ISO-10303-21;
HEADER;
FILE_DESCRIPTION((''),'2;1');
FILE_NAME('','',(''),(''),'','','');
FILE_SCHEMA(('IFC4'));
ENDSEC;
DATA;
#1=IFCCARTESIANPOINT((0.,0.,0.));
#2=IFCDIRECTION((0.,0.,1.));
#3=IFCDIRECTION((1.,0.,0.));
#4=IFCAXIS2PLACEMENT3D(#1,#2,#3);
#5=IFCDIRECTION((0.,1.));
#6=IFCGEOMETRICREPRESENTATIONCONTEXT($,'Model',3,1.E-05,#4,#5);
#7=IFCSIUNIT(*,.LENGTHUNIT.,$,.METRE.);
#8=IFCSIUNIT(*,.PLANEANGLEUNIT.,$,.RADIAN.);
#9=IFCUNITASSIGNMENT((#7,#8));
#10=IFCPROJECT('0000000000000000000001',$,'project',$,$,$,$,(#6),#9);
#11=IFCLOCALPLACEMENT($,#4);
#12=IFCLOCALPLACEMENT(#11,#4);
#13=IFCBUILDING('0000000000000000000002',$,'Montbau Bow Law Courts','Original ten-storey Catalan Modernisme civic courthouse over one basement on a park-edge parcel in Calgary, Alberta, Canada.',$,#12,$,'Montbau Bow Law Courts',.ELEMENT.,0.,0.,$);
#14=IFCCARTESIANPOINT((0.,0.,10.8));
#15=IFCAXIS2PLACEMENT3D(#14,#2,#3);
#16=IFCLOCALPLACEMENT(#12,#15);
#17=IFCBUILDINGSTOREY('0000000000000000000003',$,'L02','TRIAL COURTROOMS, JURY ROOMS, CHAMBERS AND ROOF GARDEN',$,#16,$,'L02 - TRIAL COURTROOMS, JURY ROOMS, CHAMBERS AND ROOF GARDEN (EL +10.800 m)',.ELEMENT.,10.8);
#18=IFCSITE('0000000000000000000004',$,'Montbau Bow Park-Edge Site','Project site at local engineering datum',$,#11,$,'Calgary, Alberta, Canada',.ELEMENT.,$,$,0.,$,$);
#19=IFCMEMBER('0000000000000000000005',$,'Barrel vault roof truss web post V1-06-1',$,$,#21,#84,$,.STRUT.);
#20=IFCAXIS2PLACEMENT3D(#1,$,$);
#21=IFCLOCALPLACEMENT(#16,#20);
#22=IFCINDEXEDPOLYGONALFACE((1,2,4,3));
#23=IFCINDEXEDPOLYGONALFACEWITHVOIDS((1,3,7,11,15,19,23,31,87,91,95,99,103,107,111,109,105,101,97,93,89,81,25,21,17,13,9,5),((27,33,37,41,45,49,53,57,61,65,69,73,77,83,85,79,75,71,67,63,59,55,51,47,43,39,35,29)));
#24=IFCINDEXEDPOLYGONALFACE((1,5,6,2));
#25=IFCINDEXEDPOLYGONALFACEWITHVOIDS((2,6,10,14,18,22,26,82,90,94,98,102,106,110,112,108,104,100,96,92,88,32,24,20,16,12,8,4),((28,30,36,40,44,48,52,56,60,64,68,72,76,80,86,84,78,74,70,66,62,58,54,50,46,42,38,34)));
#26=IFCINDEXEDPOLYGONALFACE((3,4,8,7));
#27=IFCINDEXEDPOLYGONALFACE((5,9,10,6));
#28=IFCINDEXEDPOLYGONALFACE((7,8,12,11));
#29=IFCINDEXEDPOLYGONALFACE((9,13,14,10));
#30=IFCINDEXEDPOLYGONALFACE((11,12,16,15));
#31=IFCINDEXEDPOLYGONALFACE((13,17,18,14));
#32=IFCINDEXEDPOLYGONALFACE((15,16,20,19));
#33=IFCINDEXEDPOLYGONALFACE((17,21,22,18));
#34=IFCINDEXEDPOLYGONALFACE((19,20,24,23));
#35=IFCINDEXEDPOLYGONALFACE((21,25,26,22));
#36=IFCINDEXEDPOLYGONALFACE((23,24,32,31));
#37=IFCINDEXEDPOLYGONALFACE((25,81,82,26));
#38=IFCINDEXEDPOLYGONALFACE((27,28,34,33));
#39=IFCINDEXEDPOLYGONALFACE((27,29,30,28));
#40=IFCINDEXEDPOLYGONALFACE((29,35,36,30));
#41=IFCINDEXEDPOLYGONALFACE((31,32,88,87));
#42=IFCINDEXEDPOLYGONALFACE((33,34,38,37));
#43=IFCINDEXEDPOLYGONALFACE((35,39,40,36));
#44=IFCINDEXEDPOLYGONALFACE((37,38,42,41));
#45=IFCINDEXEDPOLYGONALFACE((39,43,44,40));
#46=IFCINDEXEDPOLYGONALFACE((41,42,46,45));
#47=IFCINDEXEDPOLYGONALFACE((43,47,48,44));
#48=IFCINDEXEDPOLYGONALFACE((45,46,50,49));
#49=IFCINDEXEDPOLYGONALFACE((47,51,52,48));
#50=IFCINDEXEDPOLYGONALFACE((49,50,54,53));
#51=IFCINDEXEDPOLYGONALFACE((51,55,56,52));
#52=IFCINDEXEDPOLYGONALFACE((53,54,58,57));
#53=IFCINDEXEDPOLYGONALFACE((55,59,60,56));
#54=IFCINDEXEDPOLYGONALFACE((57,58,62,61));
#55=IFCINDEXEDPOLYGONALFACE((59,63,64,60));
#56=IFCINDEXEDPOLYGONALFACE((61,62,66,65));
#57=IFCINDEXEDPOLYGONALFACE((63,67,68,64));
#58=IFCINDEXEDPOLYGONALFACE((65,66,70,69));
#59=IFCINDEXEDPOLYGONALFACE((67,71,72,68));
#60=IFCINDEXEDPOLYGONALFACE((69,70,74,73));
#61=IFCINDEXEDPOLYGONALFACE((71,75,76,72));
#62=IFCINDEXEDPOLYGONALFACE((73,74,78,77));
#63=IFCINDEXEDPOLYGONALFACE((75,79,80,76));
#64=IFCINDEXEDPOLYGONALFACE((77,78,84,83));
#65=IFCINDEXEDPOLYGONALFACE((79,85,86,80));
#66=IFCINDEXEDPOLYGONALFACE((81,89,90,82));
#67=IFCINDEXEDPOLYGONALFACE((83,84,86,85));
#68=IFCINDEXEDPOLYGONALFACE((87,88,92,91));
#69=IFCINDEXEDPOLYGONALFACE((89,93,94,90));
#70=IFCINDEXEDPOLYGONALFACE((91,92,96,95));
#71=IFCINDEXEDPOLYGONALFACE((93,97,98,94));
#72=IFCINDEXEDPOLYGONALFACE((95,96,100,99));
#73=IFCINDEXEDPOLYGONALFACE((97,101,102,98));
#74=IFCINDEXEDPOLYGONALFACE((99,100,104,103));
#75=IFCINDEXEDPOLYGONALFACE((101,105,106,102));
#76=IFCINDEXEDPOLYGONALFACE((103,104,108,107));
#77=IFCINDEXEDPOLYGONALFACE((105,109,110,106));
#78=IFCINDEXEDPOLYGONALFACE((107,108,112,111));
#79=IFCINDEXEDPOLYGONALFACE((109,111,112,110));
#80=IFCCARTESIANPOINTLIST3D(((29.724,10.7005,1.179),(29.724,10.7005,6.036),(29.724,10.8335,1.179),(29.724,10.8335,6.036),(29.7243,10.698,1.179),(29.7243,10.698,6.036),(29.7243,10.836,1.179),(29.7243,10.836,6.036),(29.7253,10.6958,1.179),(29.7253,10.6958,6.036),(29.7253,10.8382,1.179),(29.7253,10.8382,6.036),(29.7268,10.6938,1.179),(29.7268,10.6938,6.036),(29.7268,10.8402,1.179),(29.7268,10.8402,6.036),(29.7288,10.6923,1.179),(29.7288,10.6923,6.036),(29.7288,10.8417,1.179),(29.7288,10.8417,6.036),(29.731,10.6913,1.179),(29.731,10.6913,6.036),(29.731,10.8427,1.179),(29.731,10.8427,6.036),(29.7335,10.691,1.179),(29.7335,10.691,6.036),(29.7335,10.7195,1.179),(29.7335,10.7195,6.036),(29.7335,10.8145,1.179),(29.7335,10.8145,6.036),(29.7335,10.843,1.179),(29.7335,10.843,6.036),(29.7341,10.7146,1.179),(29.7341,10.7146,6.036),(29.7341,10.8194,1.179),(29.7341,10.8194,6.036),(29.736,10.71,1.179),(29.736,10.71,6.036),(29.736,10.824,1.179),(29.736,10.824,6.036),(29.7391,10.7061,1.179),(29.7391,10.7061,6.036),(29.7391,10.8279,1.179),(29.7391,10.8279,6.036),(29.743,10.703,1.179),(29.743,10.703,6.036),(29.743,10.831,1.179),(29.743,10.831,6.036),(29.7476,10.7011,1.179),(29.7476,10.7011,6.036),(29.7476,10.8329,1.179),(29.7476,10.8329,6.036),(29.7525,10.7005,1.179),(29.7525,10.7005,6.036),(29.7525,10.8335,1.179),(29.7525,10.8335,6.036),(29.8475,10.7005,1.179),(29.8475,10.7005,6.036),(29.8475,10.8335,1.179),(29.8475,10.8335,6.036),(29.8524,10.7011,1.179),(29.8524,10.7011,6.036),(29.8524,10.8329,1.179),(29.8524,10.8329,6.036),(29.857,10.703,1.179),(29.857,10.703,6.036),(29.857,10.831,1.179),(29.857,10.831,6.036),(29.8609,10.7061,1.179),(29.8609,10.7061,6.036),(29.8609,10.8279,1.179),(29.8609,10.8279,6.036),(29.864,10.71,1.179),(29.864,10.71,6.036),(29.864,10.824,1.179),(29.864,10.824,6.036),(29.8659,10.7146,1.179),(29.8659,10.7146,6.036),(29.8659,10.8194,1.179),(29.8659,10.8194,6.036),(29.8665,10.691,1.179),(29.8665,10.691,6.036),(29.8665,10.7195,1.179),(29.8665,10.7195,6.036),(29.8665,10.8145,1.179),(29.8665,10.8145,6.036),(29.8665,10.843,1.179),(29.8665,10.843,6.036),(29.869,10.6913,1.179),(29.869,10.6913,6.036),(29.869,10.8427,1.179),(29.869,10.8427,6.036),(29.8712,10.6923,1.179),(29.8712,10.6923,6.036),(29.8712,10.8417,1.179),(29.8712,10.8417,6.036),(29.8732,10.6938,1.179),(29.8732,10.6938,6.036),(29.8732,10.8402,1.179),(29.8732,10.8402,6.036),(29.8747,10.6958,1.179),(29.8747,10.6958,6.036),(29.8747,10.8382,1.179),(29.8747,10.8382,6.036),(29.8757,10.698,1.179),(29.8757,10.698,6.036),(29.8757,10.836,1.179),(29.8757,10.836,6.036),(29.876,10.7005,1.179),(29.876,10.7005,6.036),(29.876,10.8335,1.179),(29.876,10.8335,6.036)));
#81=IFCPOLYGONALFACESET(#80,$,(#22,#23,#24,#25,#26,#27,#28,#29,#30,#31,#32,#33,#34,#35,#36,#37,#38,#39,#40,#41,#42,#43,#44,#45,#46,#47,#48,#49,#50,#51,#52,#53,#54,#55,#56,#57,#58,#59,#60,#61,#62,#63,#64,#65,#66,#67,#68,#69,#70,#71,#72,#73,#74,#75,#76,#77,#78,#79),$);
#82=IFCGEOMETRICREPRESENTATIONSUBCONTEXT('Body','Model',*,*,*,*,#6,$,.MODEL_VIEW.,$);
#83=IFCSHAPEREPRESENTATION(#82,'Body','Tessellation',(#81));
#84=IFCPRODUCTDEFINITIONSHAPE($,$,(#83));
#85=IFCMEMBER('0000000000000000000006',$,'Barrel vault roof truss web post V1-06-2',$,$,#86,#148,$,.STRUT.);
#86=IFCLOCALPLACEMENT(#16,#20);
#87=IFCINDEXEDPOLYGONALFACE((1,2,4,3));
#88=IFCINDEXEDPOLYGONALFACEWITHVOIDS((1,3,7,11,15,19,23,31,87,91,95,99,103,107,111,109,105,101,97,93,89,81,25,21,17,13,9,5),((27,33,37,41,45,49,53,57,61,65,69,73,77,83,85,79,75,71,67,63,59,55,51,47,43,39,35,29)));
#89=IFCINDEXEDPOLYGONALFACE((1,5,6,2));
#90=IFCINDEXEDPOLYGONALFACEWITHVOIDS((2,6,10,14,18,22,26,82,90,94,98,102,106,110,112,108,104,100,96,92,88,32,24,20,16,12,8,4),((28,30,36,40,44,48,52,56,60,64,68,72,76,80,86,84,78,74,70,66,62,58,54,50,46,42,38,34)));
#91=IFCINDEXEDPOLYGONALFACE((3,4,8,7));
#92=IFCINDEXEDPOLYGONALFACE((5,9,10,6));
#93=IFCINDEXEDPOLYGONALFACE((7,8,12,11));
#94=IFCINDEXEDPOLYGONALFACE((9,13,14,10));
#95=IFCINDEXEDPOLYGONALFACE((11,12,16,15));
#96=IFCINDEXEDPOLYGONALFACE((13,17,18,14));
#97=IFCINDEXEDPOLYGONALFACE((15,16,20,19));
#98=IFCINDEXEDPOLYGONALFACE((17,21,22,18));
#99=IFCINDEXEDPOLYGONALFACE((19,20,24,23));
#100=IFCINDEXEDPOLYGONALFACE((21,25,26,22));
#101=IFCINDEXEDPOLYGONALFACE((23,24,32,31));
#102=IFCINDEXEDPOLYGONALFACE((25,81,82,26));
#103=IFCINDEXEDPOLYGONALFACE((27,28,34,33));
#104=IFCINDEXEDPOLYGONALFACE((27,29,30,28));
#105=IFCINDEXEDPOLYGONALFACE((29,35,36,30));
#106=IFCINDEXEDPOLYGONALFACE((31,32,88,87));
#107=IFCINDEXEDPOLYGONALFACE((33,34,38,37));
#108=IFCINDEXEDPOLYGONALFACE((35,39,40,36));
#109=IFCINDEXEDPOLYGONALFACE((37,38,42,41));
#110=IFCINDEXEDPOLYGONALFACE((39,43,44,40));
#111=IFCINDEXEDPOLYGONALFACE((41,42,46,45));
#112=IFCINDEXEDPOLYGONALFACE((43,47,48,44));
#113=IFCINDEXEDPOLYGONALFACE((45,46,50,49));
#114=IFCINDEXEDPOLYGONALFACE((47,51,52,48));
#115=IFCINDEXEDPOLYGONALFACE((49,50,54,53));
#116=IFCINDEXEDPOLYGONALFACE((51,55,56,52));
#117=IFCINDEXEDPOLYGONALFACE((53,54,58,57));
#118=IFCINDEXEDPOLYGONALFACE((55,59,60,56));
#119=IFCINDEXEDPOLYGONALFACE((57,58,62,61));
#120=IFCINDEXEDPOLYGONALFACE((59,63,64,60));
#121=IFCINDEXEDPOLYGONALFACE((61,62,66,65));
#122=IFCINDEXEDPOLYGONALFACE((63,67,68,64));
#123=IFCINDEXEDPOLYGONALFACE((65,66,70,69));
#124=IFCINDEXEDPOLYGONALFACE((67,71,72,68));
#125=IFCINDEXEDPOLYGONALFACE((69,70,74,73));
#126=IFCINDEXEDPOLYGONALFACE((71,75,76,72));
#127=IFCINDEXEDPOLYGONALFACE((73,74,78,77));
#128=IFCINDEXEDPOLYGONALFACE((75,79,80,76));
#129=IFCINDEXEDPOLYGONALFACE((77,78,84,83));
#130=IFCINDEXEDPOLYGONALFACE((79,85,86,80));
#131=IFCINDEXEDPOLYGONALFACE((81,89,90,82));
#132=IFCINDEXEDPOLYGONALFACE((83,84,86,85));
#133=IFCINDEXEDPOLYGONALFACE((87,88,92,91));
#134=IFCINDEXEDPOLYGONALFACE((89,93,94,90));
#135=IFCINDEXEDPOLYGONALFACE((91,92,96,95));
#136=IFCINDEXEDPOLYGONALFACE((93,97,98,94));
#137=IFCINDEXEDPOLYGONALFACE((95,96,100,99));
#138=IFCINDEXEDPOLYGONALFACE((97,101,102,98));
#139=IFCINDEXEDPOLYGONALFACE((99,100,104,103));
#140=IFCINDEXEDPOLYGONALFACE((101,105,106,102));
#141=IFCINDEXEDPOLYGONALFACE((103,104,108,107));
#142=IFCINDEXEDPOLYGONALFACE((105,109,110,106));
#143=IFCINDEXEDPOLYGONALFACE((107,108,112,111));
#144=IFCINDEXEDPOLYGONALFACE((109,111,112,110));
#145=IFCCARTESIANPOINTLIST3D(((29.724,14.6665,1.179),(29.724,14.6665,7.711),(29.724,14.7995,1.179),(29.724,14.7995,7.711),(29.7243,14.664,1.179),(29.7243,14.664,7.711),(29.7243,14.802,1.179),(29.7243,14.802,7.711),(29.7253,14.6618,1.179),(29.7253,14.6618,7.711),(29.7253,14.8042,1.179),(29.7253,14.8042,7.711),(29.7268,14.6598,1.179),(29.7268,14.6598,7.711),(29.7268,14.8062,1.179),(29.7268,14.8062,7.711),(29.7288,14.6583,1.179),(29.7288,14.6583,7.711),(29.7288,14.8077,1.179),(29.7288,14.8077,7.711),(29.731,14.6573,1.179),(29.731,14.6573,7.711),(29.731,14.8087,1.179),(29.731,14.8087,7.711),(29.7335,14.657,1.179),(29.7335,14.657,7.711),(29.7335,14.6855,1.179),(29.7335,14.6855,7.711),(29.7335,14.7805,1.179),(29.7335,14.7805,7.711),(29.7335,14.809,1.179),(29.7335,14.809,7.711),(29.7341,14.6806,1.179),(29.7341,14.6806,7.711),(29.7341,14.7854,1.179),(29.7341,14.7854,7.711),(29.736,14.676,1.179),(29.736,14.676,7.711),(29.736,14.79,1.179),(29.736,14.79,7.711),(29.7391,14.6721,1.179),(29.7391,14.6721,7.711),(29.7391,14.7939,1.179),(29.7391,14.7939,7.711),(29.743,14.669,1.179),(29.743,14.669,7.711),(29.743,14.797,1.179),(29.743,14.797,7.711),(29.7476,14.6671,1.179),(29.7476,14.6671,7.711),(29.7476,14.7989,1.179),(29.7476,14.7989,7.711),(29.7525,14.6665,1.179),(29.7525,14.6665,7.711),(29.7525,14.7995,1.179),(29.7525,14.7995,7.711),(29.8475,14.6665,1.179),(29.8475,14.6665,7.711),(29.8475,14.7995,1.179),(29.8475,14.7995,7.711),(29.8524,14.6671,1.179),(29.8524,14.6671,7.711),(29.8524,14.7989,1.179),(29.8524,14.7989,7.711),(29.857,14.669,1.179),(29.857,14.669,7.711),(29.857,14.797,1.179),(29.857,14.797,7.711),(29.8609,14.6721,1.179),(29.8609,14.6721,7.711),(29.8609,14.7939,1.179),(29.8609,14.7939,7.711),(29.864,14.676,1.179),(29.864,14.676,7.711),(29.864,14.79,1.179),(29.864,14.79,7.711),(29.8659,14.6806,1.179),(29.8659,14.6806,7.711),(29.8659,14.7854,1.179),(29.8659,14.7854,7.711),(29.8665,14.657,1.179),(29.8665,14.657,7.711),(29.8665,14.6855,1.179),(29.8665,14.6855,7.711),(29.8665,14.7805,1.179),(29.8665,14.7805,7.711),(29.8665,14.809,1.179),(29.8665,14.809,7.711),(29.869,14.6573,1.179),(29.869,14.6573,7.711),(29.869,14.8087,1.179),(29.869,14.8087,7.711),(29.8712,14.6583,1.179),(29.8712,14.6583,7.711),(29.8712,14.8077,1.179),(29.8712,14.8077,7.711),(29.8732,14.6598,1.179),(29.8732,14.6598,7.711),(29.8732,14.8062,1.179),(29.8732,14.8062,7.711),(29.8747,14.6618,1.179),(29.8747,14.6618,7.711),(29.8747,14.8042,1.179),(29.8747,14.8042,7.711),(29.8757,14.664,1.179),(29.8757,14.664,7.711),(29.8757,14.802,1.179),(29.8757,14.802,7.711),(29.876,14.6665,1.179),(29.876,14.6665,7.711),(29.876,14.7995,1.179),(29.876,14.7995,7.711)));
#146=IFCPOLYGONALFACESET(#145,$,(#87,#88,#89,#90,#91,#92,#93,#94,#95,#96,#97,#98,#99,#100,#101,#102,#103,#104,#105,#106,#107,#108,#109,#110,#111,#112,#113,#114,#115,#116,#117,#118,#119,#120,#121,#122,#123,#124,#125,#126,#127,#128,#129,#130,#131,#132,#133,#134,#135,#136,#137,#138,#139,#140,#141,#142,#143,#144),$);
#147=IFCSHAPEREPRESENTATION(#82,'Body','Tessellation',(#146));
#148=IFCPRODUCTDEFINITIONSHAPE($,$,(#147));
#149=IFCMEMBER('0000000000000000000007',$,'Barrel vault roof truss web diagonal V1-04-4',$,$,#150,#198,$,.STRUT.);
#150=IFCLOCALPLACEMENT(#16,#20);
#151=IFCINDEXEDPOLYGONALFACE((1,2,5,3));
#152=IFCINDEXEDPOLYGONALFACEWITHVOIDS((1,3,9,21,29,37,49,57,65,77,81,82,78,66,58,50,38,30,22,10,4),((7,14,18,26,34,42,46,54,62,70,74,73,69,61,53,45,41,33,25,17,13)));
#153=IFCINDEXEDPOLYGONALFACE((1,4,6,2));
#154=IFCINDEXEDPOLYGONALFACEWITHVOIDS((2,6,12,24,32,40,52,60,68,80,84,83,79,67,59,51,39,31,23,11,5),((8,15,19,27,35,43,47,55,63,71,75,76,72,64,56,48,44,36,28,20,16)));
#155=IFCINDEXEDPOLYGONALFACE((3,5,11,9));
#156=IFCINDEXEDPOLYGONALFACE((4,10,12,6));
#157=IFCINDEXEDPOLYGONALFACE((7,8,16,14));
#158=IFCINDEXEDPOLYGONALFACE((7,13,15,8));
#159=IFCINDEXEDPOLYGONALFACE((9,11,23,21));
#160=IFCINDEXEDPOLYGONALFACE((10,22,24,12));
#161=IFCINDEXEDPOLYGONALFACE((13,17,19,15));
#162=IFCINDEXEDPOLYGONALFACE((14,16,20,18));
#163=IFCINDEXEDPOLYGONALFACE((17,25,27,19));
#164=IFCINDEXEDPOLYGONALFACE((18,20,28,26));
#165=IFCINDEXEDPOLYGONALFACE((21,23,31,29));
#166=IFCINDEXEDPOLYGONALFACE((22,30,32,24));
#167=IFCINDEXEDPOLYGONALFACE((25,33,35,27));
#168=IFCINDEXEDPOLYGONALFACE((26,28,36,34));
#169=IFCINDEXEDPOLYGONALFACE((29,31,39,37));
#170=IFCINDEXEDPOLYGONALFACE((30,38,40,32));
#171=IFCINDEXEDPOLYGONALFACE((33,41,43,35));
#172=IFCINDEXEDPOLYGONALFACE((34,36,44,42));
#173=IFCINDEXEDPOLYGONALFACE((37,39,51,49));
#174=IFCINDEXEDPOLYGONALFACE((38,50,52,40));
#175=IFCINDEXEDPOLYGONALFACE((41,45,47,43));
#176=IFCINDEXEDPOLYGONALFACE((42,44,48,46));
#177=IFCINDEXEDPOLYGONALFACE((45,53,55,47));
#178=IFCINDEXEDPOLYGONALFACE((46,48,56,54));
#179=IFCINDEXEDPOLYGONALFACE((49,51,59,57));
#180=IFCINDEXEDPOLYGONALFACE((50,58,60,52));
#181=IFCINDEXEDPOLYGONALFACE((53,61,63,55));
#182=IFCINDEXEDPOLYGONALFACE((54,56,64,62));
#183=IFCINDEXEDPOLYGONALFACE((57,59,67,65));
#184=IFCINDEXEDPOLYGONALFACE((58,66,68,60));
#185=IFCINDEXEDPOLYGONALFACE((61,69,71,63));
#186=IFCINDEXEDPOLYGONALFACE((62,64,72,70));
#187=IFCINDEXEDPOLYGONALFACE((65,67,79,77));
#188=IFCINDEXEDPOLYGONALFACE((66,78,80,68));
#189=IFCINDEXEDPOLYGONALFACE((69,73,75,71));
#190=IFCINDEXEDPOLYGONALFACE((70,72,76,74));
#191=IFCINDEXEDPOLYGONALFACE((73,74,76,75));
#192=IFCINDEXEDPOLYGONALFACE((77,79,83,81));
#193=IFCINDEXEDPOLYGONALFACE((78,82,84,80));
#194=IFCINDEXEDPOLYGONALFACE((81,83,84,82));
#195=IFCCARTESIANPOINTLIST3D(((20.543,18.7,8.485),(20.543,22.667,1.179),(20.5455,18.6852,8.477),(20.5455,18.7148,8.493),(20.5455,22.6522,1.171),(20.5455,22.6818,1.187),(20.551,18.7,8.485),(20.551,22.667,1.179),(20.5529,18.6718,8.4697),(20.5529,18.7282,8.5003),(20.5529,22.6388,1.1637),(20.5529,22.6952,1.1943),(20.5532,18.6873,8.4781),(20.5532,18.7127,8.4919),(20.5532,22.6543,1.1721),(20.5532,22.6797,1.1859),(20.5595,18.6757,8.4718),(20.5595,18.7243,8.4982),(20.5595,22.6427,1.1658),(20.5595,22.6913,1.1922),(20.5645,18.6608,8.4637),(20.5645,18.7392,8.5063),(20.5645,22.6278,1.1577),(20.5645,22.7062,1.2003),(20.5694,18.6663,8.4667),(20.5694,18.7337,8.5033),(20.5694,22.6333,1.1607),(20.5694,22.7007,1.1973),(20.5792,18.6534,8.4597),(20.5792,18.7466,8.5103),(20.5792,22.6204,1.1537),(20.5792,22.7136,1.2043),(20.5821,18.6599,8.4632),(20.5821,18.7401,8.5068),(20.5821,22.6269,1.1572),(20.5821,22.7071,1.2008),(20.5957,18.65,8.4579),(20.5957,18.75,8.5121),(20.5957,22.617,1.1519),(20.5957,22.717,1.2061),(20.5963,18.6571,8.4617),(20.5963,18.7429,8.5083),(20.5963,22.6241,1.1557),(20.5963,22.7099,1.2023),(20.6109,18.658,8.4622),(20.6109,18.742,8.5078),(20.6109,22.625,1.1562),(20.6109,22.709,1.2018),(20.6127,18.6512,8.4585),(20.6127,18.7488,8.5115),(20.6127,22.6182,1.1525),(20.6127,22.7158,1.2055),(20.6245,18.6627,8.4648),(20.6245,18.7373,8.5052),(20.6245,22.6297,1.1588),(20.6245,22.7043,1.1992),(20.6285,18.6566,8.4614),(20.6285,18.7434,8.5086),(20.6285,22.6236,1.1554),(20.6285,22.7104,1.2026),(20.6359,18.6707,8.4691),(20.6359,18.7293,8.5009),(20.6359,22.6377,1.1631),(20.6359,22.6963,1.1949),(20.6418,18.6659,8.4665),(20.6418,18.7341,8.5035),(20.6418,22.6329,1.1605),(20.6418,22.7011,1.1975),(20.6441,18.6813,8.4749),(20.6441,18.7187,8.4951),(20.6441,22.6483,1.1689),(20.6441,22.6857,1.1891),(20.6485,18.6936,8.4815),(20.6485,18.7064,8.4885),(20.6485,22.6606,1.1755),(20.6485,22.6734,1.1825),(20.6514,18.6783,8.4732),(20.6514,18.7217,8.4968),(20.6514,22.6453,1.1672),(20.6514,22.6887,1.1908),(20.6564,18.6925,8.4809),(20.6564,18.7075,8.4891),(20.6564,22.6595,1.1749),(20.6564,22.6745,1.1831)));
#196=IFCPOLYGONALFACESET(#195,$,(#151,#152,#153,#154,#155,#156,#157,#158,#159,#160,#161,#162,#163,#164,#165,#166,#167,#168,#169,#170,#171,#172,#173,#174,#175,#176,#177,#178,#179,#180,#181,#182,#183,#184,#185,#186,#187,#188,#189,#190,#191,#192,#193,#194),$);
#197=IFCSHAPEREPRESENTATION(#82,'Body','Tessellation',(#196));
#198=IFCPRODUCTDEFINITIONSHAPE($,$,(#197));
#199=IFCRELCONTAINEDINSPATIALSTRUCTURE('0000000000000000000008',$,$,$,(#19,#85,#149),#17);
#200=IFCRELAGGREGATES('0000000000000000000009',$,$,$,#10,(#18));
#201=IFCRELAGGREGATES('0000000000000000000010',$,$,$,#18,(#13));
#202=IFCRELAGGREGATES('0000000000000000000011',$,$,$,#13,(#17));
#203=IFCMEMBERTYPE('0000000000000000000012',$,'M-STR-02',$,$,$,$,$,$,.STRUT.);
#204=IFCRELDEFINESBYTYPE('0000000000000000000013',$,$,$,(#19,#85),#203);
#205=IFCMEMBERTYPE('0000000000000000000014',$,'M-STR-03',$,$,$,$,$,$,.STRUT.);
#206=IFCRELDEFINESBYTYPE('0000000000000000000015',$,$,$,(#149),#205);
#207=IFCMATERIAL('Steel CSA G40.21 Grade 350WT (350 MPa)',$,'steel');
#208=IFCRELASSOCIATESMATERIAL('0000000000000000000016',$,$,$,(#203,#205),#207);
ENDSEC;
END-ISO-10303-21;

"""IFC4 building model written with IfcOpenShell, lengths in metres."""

from ifc_helpers import new_model, si_unit, direction, frame, origin_with_axes, origin_2d_with_axis, place, context, subcontext, project, spatial, hollow_rectangle, hollow_circle, extrude, material, material_profile, profile_set, type_object, element, save


model = new_model("IFC4")

# Units and contexts
model_context = context("Model", 3, precision=1e-05, world=origin_with_axes(), true_north=direction((0.0, 1.0)))
body_context = subcontext(model_context, "Body", "Model", "MODEL_VIEW")
ifc_project = project(units=[si_unit("LENGTHUNIT", "METRE"), si_unit("PLANEANGLEUNIT", "RADIAN")], contexts=[model_context])

# Site, building, storey
site_placement = place(None, origin_with_axes())
site = spatial("IfcSite", under=ifc_project, at=site_placement, Name="Montbau Bow Park-Edge Site", Description="Project site at local engineering datum", LongName="Calgary, Alberta, Canada", CompositionType="ELEMENT", RefElevation=0.0)
building_placement = place(site_placement, origin_with_axes())
building = spatial("IfcBuilding", under=site, at=building_placement, Name="Montbau Bow Law Courts", Description="Original ten-storey Catalan Modernisme civic courthouse over one basement on a park-edge parcel in Calgary, Alberta, Canada.", LongName="Montbau Bow Law Courts", CompositionType="ELEMENT", ElevationOfRefHeight=0.0, ElevationOfTerrain=0.0)
storey_placement = place(building_placement, frame((0.0, 0.0, 10.8), z_axis=(0.0, 0.0, 1.0), x_axis=(1.0, 0.0, 0.0)))
storey = spatial("IfcBuildingStorey", under=building, at=storey_placement, Name="L02", Description="TRIAL COURTROOMS, JURY ROOMS, CHAMBERS AND ROOF GARDEN", LongName="L02 - TRIAL COURTROOMS, JURY ROOMS, CHAMBERS AND ROOF GARDEN (EL +10.800 m)", CompositionType="ELEMENT", Elevation=10.8)

# Shared definitions
ifc_material = material(Name="Steel CSA G40.21 Grade 350WT (350 MPa)", Category="steel")

# Members
ifc_material_profile_1 = material_profile(ifc_material, hollow_rectangle(XDim=0.152, YDim=0.152, WallThickness=0.0095, InnerFilletRadius=0.019, OuterFilletRadius=0.0095, at=origin_2d_with_axis()), Name="HSS152X152X9.5", Category="Main", Priority=0)
ifc_profile_set_1 = profile_set([ifc_material_profile_1], Name="Steel CSA G40.21 Grade 350WT (350 MPa)")
member_type_1 = type_object("IfcMemberType", Name="M-STR-02", PredefinedType="STRUT", material=ifc_profile_set_1)
member_1_placement = place(None, frame((29.8, 10.767, 11.979), z_axis=(0.0, 0.0, 1.0), x_axis=(1.0, 0.0, 0.0)))
element("IfcMember", 1, at=member_1_placement, inside=storey, type_object=member_type_1, Name="Barrel vault roof truss web post V1-06-1", PredefinedType="STRUT", context=body_context, shape_type="SweptSolid", body=[
    extrude(hollow_rectangle(XDim=0.152, YDim=0.152, WallThickness=0.0095, InnerFilletRadius=0.019, OuterFilletRadius=0.0095, at=origin_2d_with_axis()), origin_with_axes(), (0.0, 0.0, 1.0), 4.857),
])
member_2_placement = place(None, frame((29.8, 14.733, 11.979), z_axis=(0.0, 0.0, 1.0), x_axis=(1.0, 0.0, 0.0)))
element("IfcMember", 2, at=member_2_placement, inside=storey, type_object=member_type_1, Name="Barrel vault roof truss web post V1-06-2", PredefinedType="STRUT", context=body_context, shape_type="SweptSolid", body=[
    extrude(hollow_rectangle(XDim=0.152, YDim=0.152, WallThickness=0.0095, InnerFilletRadius=0.019, OuterFilletRadius=0.0095, at=origin_2d_with_axis()), origin_with_axes(), (0.0, 0.0, 1.0), 6.532),
])
ifc_material_profile_2 = material_profile(ifc_material, hollow_circle(Radius=0.057, WallThickness=0.008, at=origin_2d_with_axis()), Name="HSS114X8.0", Category="Main", Priority=0)
ifc_profile_set_2 = profile_set([ifc_material_profile_2], Name="Steel CSA G40.21 Grade 350WT (350 MPa)")
member_type_2 = type_object("IfcMemberType", Name="M-STR-03", PredefinedType="STRUT", material=ifc_profile_set_2)
member_3_placement = place(None, frame((20.6, 18.7, 19.285), z_axis=(0.0, 0.477174, -0.878809), x_axis=(-1.0, 0.0, 0.0)))
element("IfcMember", 3, at=member_3_placement, inside=storey, type_object=member_type_2, Name="Barrel vault roof truss web diagonal V1-04-4", PredefinedType="STRUT", context=body_context, shape_type="SweptSolid", body=[
    extrude(hollow_circle(Radius=0.057, WallThickness=0.008, at=origin_2d_with_axis()), origin_with_axes(), (0.0, 0.0, 1.0), 8.3135),
])

save(model, "model.ifc")
